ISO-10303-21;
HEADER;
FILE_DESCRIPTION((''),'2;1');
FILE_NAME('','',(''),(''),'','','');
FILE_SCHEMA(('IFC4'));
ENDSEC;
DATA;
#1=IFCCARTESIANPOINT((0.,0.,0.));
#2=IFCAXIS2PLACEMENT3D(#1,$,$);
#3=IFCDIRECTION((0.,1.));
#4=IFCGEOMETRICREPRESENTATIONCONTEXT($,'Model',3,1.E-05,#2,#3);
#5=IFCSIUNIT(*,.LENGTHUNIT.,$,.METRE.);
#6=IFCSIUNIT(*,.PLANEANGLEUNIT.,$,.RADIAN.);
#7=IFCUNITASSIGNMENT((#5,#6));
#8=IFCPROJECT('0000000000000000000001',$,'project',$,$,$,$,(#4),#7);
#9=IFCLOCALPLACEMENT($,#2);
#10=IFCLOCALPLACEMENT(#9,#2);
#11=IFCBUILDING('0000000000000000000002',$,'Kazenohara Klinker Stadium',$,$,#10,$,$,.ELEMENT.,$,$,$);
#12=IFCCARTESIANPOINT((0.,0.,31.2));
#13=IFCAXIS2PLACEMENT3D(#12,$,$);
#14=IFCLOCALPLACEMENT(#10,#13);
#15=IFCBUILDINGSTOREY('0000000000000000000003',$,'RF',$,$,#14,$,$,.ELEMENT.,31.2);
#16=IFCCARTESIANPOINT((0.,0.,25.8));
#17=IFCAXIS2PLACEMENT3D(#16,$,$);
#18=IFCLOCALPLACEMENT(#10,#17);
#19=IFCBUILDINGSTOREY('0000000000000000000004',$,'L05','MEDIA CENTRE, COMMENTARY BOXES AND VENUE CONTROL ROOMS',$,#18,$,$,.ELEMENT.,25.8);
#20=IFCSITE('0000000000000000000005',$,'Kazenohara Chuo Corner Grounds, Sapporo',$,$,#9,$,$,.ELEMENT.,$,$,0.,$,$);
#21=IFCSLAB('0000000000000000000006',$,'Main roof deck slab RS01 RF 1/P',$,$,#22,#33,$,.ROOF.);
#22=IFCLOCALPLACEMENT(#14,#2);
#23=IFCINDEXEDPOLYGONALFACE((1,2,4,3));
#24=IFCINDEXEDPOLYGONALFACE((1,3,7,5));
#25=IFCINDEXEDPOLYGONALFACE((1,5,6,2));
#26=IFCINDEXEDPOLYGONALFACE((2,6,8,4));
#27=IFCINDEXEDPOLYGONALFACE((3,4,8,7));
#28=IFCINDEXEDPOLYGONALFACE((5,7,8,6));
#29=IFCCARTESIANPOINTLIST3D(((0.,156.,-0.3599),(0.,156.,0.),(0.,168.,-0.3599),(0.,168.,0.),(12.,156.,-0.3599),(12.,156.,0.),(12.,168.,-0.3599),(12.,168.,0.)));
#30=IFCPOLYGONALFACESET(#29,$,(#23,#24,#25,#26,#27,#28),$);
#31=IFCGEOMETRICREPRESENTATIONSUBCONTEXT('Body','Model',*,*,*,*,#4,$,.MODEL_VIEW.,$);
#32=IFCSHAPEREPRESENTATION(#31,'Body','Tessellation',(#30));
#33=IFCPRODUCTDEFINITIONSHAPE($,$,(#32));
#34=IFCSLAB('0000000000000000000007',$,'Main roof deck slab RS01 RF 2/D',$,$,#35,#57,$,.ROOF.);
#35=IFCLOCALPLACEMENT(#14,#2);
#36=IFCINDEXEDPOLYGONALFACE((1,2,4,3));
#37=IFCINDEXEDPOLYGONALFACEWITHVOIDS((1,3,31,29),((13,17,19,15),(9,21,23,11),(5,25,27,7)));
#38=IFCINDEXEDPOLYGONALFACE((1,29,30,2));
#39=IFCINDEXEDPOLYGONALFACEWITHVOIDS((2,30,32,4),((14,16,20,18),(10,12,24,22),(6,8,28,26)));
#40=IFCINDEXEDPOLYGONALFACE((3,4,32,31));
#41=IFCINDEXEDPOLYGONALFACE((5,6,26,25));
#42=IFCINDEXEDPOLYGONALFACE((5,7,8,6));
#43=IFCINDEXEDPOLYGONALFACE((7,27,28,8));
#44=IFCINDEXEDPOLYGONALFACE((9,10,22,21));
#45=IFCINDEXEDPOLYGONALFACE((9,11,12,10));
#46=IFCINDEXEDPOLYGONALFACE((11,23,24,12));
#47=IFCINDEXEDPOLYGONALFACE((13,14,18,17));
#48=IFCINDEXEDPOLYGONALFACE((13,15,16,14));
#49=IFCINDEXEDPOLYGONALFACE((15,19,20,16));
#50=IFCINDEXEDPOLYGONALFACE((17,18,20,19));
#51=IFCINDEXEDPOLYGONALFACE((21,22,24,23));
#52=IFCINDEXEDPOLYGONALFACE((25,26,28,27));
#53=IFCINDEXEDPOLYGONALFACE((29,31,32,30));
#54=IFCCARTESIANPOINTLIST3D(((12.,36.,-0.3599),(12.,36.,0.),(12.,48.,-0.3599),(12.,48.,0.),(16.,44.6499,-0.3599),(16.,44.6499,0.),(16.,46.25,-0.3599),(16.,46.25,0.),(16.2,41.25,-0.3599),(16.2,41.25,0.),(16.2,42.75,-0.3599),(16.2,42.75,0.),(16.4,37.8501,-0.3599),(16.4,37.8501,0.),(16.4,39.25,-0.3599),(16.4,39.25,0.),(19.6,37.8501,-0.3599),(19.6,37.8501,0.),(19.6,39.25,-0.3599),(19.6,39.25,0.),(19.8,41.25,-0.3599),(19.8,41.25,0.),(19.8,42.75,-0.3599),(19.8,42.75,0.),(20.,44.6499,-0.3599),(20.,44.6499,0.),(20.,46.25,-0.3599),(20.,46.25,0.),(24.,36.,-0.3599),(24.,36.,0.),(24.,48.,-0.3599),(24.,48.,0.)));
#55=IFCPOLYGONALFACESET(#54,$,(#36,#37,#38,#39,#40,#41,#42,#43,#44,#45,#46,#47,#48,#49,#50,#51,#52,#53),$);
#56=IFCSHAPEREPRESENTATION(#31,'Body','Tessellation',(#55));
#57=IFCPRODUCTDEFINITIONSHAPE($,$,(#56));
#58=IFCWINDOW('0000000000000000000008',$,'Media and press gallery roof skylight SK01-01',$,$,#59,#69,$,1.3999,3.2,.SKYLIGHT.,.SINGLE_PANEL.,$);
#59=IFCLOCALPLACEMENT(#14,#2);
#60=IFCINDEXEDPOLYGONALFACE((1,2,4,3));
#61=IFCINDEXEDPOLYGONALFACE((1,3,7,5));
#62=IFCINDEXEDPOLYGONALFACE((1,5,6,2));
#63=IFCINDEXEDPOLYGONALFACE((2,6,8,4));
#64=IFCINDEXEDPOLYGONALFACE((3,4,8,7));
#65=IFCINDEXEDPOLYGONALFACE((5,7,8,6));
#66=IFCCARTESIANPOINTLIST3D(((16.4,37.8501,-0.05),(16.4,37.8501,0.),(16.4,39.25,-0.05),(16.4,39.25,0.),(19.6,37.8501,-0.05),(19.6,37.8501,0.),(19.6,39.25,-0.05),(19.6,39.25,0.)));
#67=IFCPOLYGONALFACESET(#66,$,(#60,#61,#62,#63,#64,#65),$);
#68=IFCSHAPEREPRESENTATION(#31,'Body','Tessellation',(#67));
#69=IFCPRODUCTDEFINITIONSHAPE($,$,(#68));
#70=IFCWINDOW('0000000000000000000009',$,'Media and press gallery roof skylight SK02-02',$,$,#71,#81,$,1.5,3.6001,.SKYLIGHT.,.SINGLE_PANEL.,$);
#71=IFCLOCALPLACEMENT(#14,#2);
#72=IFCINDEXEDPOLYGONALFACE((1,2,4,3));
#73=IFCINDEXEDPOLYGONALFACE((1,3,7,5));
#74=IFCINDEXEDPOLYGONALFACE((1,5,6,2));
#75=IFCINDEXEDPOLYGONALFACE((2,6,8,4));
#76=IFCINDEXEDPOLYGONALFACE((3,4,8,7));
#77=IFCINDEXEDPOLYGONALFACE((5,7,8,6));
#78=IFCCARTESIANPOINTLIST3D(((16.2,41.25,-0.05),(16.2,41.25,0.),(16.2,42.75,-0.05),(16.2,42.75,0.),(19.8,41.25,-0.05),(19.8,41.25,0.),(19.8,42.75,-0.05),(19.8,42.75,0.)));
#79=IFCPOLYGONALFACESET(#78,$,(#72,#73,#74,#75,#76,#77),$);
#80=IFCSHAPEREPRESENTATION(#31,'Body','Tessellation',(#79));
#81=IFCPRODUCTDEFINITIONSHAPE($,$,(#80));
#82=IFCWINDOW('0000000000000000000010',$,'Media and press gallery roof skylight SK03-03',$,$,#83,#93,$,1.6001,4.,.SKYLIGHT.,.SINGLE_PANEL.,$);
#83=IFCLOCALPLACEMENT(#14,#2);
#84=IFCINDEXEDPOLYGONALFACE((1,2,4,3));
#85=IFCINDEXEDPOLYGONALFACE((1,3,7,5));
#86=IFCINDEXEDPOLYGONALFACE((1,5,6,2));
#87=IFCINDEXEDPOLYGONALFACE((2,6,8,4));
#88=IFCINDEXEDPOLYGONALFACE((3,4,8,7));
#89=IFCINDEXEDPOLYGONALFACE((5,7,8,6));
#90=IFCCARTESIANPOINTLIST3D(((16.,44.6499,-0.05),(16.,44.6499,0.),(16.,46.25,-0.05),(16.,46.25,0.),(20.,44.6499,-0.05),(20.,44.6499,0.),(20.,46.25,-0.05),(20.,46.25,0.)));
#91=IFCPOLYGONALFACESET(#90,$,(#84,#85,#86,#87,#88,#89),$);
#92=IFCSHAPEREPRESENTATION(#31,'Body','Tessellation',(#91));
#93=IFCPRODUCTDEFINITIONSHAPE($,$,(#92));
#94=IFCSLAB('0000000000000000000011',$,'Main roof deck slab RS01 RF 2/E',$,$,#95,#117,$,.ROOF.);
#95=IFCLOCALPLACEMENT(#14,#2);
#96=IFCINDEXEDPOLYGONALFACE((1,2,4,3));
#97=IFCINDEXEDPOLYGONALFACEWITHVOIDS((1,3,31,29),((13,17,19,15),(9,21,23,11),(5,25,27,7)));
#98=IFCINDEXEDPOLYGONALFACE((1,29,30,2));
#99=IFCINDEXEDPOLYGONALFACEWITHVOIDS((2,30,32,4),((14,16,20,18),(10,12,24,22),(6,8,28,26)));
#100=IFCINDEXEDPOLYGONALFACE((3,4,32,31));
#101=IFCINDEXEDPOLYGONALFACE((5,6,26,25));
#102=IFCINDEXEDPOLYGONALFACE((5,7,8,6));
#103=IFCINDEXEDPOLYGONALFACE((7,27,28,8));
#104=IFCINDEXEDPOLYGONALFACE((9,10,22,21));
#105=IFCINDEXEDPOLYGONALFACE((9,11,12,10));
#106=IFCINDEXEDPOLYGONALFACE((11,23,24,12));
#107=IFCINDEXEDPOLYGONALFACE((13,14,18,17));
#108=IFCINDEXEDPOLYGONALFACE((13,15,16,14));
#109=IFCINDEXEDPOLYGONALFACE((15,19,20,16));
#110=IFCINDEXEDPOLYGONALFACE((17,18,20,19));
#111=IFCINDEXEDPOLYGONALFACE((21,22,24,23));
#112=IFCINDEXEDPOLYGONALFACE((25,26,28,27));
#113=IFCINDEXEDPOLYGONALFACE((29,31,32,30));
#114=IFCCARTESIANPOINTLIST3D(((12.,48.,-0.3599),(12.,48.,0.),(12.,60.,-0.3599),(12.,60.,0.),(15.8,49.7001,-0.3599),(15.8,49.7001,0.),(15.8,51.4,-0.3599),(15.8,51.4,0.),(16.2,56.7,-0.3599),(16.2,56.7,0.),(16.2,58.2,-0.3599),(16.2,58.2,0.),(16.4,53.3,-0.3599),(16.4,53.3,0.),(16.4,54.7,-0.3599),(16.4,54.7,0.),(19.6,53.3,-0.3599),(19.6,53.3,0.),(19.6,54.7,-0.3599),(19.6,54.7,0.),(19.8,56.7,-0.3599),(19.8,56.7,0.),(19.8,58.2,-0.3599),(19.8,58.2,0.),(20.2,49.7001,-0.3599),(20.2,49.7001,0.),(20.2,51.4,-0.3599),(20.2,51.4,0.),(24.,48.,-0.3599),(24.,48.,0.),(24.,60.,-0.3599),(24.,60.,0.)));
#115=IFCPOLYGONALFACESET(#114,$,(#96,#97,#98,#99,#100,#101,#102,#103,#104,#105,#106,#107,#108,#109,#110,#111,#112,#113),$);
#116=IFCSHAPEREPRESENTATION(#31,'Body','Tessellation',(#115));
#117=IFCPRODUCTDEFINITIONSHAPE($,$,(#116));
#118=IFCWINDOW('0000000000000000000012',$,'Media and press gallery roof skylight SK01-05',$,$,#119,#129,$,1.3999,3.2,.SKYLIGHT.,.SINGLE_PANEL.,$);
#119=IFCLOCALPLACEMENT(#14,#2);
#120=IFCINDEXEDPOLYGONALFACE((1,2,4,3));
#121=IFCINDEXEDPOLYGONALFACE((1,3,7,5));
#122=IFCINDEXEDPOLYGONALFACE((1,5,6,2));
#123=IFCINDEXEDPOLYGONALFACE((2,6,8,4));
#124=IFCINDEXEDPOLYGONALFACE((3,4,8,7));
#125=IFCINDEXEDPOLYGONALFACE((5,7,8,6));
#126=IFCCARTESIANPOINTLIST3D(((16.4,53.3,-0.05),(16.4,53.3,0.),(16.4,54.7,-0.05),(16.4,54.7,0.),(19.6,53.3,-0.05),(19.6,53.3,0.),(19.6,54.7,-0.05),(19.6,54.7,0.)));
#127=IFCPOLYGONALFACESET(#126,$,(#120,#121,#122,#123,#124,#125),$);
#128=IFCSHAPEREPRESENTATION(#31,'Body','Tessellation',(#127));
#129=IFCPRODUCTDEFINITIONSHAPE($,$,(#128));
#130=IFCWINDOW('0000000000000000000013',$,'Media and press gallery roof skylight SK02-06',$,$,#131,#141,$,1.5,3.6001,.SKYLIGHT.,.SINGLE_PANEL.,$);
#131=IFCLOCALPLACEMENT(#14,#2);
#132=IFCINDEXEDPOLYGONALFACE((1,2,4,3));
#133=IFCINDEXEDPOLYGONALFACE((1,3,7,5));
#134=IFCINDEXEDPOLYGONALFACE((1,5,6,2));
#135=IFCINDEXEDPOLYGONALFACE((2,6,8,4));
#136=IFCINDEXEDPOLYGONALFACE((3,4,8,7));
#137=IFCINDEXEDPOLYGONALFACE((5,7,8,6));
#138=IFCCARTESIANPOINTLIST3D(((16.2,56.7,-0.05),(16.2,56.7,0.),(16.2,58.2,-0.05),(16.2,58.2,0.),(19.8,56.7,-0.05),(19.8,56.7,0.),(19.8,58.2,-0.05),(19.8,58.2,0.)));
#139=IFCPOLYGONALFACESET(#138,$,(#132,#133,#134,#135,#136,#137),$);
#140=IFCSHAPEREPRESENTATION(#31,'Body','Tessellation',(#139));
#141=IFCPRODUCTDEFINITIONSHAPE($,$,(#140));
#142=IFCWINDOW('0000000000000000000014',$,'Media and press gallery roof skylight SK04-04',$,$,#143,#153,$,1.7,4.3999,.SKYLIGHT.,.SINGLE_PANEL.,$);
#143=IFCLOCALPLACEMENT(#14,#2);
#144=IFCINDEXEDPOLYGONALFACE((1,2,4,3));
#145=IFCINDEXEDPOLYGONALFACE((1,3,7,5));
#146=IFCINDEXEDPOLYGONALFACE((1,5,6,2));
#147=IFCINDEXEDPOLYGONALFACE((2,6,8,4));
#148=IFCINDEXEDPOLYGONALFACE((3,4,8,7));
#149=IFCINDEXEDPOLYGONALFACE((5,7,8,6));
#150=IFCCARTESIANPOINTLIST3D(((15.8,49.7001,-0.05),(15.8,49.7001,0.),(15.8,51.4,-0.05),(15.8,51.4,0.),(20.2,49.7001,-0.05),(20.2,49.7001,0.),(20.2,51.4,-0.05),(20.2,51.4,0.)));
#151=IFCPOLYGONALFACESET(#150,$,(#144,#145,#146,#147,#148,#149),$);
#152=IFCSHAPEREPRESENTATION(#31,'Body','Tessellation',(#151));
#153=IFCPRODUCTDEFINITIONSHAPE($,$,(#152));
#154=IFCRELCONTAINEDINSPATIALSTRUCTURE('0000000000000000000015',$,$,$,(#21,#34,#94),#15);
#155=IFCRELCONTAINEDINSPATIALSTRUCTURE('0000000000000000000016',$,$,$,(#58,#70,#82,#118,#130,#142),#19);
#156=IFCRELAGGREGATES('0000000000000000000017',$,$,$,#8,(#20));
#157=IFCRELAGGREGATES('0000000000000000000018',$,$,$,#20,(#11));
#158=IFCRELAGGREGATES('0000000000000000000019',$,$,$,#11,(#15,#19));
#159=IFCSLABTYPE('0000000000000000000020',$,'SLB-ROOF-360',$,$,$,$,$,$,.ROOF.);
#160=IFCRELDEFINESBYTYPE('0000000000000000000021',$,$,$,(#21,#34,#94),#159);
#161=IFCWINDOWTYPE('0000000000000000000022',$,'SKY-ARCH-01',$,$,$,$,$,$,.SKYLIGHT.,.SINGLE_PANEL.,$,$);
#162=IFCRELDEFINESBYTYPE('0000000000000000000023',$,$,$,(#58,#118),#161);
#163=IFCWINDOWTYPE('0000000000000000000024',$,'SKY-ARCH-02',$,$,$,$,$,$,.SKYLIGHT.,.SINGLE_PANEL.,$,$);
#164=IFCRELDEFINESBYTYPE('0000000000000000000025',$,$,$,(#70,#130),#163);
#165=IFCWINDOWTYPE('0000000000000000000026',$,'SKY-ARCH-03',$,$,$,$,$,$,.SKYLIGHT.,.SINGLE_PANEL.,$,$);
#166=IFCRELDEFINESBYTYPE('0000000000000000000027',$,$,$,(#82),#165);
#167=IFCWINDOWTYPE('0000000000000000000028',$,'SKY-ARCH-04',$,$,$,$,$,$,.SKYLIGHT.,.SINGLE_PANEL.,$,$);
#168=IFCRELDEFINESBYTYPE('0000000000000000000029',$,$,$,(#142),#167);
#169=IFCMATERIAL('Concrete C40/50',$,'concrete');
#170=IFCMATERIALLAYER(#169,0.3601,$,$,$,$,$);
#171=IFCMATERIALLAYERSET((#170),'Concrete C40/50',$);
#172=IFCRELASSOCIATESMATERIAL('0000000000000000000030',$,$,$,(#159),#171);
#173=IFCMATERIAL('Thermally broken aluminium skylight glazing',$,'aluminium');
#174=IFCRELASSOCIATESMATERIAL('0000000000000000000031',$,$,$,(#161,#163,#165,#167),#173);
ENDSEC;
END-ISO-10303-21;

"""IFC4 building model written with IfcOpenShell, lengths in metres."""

from ifc_helpers import new_model, si_unit, direction, frame, origin, origin_2d, place, context, subcontext, project, spatial, polyline, rectangle, outline, extrude, material, layer, layer_set, type_object, element, fill, save


model = new_model("IFC4")

# Units and contexts
model_context = context("Model", 3, precision=1e-05, world=origin(), true_north=direction((0.0, 1.0)))
body_context = subcontext(model_context, "Body", "Model", "MODEL_VIEW")
ifc_project = project(units=[si_unit("LENGTHUNIT", "METRE"), si_unit("PLANEANGLEUNIT", "RADIAN")], contexts=[model_context])

# Site, building, storey
site_placement = place(None, origin())
site = spatial("IfcSite", under=ifc_project, at=site_placement, Name="Kazenohara Chuo Corner Grounds, Sapporo", CompositionType="ELEMENT", RefElevation=0.0)
building_placement = place(site_placement, origin())
building = spatial("IfcBuilding", under=site, at=building_placement, Name="Kazenohara Klinker Stadium", CompositionType="ELEMENT")
storey_1_placement = place(building_placement, frame((0.0, 0.0, 31.2)))
storey_1 = spatial("IfcBuildingStorey", under=building, at=storey_1_placement, Name="RF", CompositionType="ELEMENT", Elevation=31.2)

# Slab
ifc_material_1 = material(Name="Concrete C40/50", Category="concrete")
ifc_layer = layer(ifc_material_1, 0.3601)
ifc_layer_set = layer_set([ifc_layer], Name="Concrete C40/50")
slab_type = type_object("IfcSlabType", Name="SLB-ROOF-360", PredefinedType="ROOF", material=ifc_layer_set)
slab_1_placement = place(storey_1_placement, frame((0.0, 0.0, -0.3599)))
element("IfcSlab", 1, at=slab_1_placement, inside=storey_1, type_object=slab_type, Name="Main roof deck slab RS01 RF 1/P", PredefinedType="ROOF", context=body_context, shape_type="SweptSolid", body=[
    extrude(outline(polyline([(0.0, 156.0), (12.0, 156.0), (12.0, 168.0), (0.0, 168.0), (0.0, 156.0)])), origin(), (0.0, 0.0, 1.0), 0.3599),
])

# Slab, openings
slab_2_placement = place(storey_1_placement, frame((0.0, 0.0, -0.3599)))
slab_2 = element("IfcSlab", 2, at=slab_2_placement, inside=storey_1, type_object=slab_type, Name="Main roof deck slab RS01 RF 2/D", PredefinedType="ROOF", context=body_context, shape_type="SweptSolid", body=[
    extrude(outline(polyline([(12.0, 36.0), (24.0, 36.0), (24.0, 48.0), (12.0, 48.0), (12.0, 36.0)])), origin(), (0.0, 0.0, 1.0), 0.3599),
])
opening_1_placement = place(slab_2_placement, frame((18.0, 38.55, 0.0)))
opening_1 = element("IfcOpeningElement", 3, at=opening_1_placement, cuts=slab_2, PredefinedType="OPENING", context=body_context, shape_type="SweptSolid", body=[
    extrude(rectangle(XDim=3.2, YDim=1.3999, at=origin_2d()), origin(), (0.0, 0.0, 1.0), 0.3599),
])
opening_2_placement = place(slab_2_placement, frame((18.0, 42.0, 0.0)))
opening_2 = element("IfcOpeningElement", 4, at=opening_2_placement, cuts=slab_2, PredefinedType="OPENING", context=body_context, shape_type="SweptSolid", body=[
    extrude(rectangle(XDim=3.6001, YDim=1.5, at=origin_2d()), origin(), (0.0, 0.0, 1.0), 0.3599),
])
opening_3_placement = place(slab_2_placement, frame((18.0, 45.45, 0.0)))
opening_3 = element("IfcOpeningElement", 5, at=opening_3_placement, cuts=slab_2, PredefinedType="OPENING", context=body_context, shape_type="SweptSolid", body=[
    extrude(rectangle(XDim=4.0, YDim=1.6001, at=origin_2d()), origin(), (0.0, 0.0, 1.0), 0.3599),
])

# Shared definitions
storey_2_placement = place(building_placement, frame((0.0, 0.0, 25.8)))
storey_2 = spatial("IfcBuildingStorey", under=building, at=storey_2_placement, Name="L05", Description="MEDIA CENTRE, COMMENTARY BOXES AND VENUE CONTROL ROOMS", CompositionType="ELEMENT", Elevation=25.8)

# Windows
ifc_material_2 = material(Name="Thermally broken aluminium skylight glazing", Category="aluminium")
window_type_1 = type_object("IfcWindowType", Name="SKY-ARCH-01", PartitioningType="SINGLE_PANEL", PredefinedType="SKYLIGHT", material=ifc_material_2)
window_1_placement = place(opening_1_placement, frame((0.0, 0.0, 0.3098)))
window_1 = element("IfcWindow", 6, at=window_1_placement, inside=storey_2, type_object=window_type_1, Name="Media and press gallery roof skylight SK01-01", OverallHeight=1.3999, OverallWidth=3.2, PartitioningType="SINGLE_PANEL", PredefinedType="SKYLIGHT", context=body_context, shape_type="SweptSolid", body=[
    extrude(rectangle(XDim=3.2, YDim=1.3999, at=origin_2d()), origin(), (0.0, 0.0, 1.0), 0.05),
])
fill(opening_1, window_1)
window_type_2 = type_object("IfcWindowType", Name="SKY-ARCH-02", PartitioningType="SINGLE_PANEL", PredefinedType="SKYLIGHT", material=ifc_material_2)
window_2_placement = place(opening_2_placement, frame((0.0, 0.0, 0.3098)))
window_2 = element("IfcWindow", 7, at=window_2_placement, inside=storey_2, type_object=window_type_2, Name="Media and press gallery roof skylight SK02-02", OverallHeight=1.5, OverallWidth=3.6001, PartitioningType="SINGLE_PANEL", PredefinedType="SKYLIGHT", context=body_context, shape_type="SweptSolid", body=[
    extrude(rectangle(XDim=3.6001, YDim=1.5, at=origin_2d()), origin(), (0.0, 0.0, 1.0), 0.05),
])
fill(opening_2, window_2)
window_type_3 = type_object("IfcWindowType", Name="SKY-ARCH-03", PartitioningType="SINGLE_PANEL", PredefinedType="SKYLIGHT", material=ifc_material_2)
window_3_placement = place(opening_3_placement, frame((0.0, 0.0, 0.3098)))
window_3 = element("IfcWindow", 8, at=window_3_placement, inside=storey_2, type_object=window_type_3, Name="Media and press gallery roof skylight SK03-03", OverallHeight=1.6001, OverallWidth=4.0, PartitioningType="SINGLE_PANEL", PredefinedType="SKYLIGHT", context=body_context, shape_type="SweptSolid", body=[
    extrude(rectangle(XDim=4.0, YDim=1.6001, at=origin_2d()), origin(), (0.0, 0.0, 1.0), 0.05),
])
fill(opening_3, window_3)

# Slab, openings, windows
slab_3_placement = place(storey_1_placement, frame((0.0, 0.0, -0.3599)))
slab_3 = element("IfcSlab", 9, at=slab_3_placement, inside=storey_1, type_object=slab_type, Name="Main roof deck slab RS01 RF 2/E", PredefinedType="ROOF", context=body_context, shape_type="SweptSolid", body=[
    extrude(outline(polyline([(12.0, 48.0), (24.0, 48.0), (24.0, 60.0), (12.0, 60.0), (12.0, 48.0)])), origin(), (0.0, 0.0, 1.0), 0.3599),
])
opening_4_placement = place(slab_3_placement, frame((18.0, 50.55, 0.0)))
opening_4 = element("IfcOpeningElement", 10, at=opening_4_placement, cuts=slab_3, PredefinedType="OPENING", context=body_context, shape_type="SweptSolid", body=[
    extrude(rectangle(XDim=4.3999, YDim=1.7, at=origin_2d()), origin(), (0.0, 0.0, 1.0), 0.3599),
])
opening_5_placement = place(slab_3_placement, frame((18.0, 54.0, 0.0)))
opening_5 = element("IfcOpeningElement", 11, at=opening_5_placement, cuts=slab_3, PredefinedType="OPENING", context=body_context, shape_type="SweptSolid", body=[
    extrude(rectangle(XDim=3.2, YDim=1.3999, at=origin_2d()), origin(), (0.0, 0.0, 1.0), 0.3599),
])
opening_6_placement = place(slab_3_placement, frame((18.0, 57.45, 0.0)))
opening_6 = element("IfcOpeningElement", 12, at=opening_6_placement, cuts=slab_3, PredefinedType="OPENING", context=body_context, shape_type="SweptSolid", body=[
    extrude(rectangle(XDim=3.6001, YDim=1.5, at=origin_2d()), origin(), (0.0, 0.0, 1.0), 0.3599),
])
window_4_placement = place(opening_5_placement, frame((0.0, 0.0, 0.3098)))
window_4 = element("IfcWindow", 13, at=window_4_placement, inside=storey_2, type_object=window_type_1, Name="Media and press gallery roof skylight SK01-05", OverallHeight=1.3999, OverallWidth=3.2, PartitioningType="SINGLE_PANEL", PredefinedType="SKYLIGHT", context=body_context, shape_type="SweptSolid", body=[
    extrude(rectangle(XDim=3.2, YDim=1.3999, at=origin_2d()), origin(), (0.0, 0.0, 1.0), 0.05),
])
fill(opening_5, window_4)
window_5_placement = place(opening_6_placement, frame((0.0, 0.0, 0.3098)))
window_5 = element("IfcWindow", 14, at=window_5_placement, inside=storey_2, type_object=window_type_2, Name="Media and press gallery roof skylight SK02-06", OverallHeight=1.5, OverallWidth=3.6001, PartitioningType="SINGLE_PANEL", PredefinedType="SKYLIGHT", context=body_context, shape_type="SweptSolid", body=[
    extrude(rectangle(XDim=3.6001, YDim=1.5, at=origin_2d()), origin(), (0.0, 0.0, 1.0), 0.05),
])
fill(opening_6, window_5)
window_type_4 = type_object("IfcWindowType", Name="SKY-ARCH-04", PartitioningType="SINGLE_PANEL", PredefinedType="SKYLIGHT", material=ifc_material_2)
window_6_placement = place(opening_4_placement, frame((0.0, 0.0, 0.3098)))
window_6 = element("IfcWindow", 15, at=window_6_placement, inside=storey_2, type_object=window_type_4, Name="Media and press gallery roof skylight SK04-04", OverallHeight=1.7, OverallWidth=4.3999, PartitioningType="SINGLE_PANEL", PredefinedType="SKYLIGHT", context=body_context, shape_type="SweptSolid", body=[
    extrude(rectangle(XDim=4.3999, YDim=1.7, at=origin_2d()), origin(), (0.0, 0.0, 1.0), 0.05),
])
fill(opening_4, window_6)

save(model, "model.ifc")
